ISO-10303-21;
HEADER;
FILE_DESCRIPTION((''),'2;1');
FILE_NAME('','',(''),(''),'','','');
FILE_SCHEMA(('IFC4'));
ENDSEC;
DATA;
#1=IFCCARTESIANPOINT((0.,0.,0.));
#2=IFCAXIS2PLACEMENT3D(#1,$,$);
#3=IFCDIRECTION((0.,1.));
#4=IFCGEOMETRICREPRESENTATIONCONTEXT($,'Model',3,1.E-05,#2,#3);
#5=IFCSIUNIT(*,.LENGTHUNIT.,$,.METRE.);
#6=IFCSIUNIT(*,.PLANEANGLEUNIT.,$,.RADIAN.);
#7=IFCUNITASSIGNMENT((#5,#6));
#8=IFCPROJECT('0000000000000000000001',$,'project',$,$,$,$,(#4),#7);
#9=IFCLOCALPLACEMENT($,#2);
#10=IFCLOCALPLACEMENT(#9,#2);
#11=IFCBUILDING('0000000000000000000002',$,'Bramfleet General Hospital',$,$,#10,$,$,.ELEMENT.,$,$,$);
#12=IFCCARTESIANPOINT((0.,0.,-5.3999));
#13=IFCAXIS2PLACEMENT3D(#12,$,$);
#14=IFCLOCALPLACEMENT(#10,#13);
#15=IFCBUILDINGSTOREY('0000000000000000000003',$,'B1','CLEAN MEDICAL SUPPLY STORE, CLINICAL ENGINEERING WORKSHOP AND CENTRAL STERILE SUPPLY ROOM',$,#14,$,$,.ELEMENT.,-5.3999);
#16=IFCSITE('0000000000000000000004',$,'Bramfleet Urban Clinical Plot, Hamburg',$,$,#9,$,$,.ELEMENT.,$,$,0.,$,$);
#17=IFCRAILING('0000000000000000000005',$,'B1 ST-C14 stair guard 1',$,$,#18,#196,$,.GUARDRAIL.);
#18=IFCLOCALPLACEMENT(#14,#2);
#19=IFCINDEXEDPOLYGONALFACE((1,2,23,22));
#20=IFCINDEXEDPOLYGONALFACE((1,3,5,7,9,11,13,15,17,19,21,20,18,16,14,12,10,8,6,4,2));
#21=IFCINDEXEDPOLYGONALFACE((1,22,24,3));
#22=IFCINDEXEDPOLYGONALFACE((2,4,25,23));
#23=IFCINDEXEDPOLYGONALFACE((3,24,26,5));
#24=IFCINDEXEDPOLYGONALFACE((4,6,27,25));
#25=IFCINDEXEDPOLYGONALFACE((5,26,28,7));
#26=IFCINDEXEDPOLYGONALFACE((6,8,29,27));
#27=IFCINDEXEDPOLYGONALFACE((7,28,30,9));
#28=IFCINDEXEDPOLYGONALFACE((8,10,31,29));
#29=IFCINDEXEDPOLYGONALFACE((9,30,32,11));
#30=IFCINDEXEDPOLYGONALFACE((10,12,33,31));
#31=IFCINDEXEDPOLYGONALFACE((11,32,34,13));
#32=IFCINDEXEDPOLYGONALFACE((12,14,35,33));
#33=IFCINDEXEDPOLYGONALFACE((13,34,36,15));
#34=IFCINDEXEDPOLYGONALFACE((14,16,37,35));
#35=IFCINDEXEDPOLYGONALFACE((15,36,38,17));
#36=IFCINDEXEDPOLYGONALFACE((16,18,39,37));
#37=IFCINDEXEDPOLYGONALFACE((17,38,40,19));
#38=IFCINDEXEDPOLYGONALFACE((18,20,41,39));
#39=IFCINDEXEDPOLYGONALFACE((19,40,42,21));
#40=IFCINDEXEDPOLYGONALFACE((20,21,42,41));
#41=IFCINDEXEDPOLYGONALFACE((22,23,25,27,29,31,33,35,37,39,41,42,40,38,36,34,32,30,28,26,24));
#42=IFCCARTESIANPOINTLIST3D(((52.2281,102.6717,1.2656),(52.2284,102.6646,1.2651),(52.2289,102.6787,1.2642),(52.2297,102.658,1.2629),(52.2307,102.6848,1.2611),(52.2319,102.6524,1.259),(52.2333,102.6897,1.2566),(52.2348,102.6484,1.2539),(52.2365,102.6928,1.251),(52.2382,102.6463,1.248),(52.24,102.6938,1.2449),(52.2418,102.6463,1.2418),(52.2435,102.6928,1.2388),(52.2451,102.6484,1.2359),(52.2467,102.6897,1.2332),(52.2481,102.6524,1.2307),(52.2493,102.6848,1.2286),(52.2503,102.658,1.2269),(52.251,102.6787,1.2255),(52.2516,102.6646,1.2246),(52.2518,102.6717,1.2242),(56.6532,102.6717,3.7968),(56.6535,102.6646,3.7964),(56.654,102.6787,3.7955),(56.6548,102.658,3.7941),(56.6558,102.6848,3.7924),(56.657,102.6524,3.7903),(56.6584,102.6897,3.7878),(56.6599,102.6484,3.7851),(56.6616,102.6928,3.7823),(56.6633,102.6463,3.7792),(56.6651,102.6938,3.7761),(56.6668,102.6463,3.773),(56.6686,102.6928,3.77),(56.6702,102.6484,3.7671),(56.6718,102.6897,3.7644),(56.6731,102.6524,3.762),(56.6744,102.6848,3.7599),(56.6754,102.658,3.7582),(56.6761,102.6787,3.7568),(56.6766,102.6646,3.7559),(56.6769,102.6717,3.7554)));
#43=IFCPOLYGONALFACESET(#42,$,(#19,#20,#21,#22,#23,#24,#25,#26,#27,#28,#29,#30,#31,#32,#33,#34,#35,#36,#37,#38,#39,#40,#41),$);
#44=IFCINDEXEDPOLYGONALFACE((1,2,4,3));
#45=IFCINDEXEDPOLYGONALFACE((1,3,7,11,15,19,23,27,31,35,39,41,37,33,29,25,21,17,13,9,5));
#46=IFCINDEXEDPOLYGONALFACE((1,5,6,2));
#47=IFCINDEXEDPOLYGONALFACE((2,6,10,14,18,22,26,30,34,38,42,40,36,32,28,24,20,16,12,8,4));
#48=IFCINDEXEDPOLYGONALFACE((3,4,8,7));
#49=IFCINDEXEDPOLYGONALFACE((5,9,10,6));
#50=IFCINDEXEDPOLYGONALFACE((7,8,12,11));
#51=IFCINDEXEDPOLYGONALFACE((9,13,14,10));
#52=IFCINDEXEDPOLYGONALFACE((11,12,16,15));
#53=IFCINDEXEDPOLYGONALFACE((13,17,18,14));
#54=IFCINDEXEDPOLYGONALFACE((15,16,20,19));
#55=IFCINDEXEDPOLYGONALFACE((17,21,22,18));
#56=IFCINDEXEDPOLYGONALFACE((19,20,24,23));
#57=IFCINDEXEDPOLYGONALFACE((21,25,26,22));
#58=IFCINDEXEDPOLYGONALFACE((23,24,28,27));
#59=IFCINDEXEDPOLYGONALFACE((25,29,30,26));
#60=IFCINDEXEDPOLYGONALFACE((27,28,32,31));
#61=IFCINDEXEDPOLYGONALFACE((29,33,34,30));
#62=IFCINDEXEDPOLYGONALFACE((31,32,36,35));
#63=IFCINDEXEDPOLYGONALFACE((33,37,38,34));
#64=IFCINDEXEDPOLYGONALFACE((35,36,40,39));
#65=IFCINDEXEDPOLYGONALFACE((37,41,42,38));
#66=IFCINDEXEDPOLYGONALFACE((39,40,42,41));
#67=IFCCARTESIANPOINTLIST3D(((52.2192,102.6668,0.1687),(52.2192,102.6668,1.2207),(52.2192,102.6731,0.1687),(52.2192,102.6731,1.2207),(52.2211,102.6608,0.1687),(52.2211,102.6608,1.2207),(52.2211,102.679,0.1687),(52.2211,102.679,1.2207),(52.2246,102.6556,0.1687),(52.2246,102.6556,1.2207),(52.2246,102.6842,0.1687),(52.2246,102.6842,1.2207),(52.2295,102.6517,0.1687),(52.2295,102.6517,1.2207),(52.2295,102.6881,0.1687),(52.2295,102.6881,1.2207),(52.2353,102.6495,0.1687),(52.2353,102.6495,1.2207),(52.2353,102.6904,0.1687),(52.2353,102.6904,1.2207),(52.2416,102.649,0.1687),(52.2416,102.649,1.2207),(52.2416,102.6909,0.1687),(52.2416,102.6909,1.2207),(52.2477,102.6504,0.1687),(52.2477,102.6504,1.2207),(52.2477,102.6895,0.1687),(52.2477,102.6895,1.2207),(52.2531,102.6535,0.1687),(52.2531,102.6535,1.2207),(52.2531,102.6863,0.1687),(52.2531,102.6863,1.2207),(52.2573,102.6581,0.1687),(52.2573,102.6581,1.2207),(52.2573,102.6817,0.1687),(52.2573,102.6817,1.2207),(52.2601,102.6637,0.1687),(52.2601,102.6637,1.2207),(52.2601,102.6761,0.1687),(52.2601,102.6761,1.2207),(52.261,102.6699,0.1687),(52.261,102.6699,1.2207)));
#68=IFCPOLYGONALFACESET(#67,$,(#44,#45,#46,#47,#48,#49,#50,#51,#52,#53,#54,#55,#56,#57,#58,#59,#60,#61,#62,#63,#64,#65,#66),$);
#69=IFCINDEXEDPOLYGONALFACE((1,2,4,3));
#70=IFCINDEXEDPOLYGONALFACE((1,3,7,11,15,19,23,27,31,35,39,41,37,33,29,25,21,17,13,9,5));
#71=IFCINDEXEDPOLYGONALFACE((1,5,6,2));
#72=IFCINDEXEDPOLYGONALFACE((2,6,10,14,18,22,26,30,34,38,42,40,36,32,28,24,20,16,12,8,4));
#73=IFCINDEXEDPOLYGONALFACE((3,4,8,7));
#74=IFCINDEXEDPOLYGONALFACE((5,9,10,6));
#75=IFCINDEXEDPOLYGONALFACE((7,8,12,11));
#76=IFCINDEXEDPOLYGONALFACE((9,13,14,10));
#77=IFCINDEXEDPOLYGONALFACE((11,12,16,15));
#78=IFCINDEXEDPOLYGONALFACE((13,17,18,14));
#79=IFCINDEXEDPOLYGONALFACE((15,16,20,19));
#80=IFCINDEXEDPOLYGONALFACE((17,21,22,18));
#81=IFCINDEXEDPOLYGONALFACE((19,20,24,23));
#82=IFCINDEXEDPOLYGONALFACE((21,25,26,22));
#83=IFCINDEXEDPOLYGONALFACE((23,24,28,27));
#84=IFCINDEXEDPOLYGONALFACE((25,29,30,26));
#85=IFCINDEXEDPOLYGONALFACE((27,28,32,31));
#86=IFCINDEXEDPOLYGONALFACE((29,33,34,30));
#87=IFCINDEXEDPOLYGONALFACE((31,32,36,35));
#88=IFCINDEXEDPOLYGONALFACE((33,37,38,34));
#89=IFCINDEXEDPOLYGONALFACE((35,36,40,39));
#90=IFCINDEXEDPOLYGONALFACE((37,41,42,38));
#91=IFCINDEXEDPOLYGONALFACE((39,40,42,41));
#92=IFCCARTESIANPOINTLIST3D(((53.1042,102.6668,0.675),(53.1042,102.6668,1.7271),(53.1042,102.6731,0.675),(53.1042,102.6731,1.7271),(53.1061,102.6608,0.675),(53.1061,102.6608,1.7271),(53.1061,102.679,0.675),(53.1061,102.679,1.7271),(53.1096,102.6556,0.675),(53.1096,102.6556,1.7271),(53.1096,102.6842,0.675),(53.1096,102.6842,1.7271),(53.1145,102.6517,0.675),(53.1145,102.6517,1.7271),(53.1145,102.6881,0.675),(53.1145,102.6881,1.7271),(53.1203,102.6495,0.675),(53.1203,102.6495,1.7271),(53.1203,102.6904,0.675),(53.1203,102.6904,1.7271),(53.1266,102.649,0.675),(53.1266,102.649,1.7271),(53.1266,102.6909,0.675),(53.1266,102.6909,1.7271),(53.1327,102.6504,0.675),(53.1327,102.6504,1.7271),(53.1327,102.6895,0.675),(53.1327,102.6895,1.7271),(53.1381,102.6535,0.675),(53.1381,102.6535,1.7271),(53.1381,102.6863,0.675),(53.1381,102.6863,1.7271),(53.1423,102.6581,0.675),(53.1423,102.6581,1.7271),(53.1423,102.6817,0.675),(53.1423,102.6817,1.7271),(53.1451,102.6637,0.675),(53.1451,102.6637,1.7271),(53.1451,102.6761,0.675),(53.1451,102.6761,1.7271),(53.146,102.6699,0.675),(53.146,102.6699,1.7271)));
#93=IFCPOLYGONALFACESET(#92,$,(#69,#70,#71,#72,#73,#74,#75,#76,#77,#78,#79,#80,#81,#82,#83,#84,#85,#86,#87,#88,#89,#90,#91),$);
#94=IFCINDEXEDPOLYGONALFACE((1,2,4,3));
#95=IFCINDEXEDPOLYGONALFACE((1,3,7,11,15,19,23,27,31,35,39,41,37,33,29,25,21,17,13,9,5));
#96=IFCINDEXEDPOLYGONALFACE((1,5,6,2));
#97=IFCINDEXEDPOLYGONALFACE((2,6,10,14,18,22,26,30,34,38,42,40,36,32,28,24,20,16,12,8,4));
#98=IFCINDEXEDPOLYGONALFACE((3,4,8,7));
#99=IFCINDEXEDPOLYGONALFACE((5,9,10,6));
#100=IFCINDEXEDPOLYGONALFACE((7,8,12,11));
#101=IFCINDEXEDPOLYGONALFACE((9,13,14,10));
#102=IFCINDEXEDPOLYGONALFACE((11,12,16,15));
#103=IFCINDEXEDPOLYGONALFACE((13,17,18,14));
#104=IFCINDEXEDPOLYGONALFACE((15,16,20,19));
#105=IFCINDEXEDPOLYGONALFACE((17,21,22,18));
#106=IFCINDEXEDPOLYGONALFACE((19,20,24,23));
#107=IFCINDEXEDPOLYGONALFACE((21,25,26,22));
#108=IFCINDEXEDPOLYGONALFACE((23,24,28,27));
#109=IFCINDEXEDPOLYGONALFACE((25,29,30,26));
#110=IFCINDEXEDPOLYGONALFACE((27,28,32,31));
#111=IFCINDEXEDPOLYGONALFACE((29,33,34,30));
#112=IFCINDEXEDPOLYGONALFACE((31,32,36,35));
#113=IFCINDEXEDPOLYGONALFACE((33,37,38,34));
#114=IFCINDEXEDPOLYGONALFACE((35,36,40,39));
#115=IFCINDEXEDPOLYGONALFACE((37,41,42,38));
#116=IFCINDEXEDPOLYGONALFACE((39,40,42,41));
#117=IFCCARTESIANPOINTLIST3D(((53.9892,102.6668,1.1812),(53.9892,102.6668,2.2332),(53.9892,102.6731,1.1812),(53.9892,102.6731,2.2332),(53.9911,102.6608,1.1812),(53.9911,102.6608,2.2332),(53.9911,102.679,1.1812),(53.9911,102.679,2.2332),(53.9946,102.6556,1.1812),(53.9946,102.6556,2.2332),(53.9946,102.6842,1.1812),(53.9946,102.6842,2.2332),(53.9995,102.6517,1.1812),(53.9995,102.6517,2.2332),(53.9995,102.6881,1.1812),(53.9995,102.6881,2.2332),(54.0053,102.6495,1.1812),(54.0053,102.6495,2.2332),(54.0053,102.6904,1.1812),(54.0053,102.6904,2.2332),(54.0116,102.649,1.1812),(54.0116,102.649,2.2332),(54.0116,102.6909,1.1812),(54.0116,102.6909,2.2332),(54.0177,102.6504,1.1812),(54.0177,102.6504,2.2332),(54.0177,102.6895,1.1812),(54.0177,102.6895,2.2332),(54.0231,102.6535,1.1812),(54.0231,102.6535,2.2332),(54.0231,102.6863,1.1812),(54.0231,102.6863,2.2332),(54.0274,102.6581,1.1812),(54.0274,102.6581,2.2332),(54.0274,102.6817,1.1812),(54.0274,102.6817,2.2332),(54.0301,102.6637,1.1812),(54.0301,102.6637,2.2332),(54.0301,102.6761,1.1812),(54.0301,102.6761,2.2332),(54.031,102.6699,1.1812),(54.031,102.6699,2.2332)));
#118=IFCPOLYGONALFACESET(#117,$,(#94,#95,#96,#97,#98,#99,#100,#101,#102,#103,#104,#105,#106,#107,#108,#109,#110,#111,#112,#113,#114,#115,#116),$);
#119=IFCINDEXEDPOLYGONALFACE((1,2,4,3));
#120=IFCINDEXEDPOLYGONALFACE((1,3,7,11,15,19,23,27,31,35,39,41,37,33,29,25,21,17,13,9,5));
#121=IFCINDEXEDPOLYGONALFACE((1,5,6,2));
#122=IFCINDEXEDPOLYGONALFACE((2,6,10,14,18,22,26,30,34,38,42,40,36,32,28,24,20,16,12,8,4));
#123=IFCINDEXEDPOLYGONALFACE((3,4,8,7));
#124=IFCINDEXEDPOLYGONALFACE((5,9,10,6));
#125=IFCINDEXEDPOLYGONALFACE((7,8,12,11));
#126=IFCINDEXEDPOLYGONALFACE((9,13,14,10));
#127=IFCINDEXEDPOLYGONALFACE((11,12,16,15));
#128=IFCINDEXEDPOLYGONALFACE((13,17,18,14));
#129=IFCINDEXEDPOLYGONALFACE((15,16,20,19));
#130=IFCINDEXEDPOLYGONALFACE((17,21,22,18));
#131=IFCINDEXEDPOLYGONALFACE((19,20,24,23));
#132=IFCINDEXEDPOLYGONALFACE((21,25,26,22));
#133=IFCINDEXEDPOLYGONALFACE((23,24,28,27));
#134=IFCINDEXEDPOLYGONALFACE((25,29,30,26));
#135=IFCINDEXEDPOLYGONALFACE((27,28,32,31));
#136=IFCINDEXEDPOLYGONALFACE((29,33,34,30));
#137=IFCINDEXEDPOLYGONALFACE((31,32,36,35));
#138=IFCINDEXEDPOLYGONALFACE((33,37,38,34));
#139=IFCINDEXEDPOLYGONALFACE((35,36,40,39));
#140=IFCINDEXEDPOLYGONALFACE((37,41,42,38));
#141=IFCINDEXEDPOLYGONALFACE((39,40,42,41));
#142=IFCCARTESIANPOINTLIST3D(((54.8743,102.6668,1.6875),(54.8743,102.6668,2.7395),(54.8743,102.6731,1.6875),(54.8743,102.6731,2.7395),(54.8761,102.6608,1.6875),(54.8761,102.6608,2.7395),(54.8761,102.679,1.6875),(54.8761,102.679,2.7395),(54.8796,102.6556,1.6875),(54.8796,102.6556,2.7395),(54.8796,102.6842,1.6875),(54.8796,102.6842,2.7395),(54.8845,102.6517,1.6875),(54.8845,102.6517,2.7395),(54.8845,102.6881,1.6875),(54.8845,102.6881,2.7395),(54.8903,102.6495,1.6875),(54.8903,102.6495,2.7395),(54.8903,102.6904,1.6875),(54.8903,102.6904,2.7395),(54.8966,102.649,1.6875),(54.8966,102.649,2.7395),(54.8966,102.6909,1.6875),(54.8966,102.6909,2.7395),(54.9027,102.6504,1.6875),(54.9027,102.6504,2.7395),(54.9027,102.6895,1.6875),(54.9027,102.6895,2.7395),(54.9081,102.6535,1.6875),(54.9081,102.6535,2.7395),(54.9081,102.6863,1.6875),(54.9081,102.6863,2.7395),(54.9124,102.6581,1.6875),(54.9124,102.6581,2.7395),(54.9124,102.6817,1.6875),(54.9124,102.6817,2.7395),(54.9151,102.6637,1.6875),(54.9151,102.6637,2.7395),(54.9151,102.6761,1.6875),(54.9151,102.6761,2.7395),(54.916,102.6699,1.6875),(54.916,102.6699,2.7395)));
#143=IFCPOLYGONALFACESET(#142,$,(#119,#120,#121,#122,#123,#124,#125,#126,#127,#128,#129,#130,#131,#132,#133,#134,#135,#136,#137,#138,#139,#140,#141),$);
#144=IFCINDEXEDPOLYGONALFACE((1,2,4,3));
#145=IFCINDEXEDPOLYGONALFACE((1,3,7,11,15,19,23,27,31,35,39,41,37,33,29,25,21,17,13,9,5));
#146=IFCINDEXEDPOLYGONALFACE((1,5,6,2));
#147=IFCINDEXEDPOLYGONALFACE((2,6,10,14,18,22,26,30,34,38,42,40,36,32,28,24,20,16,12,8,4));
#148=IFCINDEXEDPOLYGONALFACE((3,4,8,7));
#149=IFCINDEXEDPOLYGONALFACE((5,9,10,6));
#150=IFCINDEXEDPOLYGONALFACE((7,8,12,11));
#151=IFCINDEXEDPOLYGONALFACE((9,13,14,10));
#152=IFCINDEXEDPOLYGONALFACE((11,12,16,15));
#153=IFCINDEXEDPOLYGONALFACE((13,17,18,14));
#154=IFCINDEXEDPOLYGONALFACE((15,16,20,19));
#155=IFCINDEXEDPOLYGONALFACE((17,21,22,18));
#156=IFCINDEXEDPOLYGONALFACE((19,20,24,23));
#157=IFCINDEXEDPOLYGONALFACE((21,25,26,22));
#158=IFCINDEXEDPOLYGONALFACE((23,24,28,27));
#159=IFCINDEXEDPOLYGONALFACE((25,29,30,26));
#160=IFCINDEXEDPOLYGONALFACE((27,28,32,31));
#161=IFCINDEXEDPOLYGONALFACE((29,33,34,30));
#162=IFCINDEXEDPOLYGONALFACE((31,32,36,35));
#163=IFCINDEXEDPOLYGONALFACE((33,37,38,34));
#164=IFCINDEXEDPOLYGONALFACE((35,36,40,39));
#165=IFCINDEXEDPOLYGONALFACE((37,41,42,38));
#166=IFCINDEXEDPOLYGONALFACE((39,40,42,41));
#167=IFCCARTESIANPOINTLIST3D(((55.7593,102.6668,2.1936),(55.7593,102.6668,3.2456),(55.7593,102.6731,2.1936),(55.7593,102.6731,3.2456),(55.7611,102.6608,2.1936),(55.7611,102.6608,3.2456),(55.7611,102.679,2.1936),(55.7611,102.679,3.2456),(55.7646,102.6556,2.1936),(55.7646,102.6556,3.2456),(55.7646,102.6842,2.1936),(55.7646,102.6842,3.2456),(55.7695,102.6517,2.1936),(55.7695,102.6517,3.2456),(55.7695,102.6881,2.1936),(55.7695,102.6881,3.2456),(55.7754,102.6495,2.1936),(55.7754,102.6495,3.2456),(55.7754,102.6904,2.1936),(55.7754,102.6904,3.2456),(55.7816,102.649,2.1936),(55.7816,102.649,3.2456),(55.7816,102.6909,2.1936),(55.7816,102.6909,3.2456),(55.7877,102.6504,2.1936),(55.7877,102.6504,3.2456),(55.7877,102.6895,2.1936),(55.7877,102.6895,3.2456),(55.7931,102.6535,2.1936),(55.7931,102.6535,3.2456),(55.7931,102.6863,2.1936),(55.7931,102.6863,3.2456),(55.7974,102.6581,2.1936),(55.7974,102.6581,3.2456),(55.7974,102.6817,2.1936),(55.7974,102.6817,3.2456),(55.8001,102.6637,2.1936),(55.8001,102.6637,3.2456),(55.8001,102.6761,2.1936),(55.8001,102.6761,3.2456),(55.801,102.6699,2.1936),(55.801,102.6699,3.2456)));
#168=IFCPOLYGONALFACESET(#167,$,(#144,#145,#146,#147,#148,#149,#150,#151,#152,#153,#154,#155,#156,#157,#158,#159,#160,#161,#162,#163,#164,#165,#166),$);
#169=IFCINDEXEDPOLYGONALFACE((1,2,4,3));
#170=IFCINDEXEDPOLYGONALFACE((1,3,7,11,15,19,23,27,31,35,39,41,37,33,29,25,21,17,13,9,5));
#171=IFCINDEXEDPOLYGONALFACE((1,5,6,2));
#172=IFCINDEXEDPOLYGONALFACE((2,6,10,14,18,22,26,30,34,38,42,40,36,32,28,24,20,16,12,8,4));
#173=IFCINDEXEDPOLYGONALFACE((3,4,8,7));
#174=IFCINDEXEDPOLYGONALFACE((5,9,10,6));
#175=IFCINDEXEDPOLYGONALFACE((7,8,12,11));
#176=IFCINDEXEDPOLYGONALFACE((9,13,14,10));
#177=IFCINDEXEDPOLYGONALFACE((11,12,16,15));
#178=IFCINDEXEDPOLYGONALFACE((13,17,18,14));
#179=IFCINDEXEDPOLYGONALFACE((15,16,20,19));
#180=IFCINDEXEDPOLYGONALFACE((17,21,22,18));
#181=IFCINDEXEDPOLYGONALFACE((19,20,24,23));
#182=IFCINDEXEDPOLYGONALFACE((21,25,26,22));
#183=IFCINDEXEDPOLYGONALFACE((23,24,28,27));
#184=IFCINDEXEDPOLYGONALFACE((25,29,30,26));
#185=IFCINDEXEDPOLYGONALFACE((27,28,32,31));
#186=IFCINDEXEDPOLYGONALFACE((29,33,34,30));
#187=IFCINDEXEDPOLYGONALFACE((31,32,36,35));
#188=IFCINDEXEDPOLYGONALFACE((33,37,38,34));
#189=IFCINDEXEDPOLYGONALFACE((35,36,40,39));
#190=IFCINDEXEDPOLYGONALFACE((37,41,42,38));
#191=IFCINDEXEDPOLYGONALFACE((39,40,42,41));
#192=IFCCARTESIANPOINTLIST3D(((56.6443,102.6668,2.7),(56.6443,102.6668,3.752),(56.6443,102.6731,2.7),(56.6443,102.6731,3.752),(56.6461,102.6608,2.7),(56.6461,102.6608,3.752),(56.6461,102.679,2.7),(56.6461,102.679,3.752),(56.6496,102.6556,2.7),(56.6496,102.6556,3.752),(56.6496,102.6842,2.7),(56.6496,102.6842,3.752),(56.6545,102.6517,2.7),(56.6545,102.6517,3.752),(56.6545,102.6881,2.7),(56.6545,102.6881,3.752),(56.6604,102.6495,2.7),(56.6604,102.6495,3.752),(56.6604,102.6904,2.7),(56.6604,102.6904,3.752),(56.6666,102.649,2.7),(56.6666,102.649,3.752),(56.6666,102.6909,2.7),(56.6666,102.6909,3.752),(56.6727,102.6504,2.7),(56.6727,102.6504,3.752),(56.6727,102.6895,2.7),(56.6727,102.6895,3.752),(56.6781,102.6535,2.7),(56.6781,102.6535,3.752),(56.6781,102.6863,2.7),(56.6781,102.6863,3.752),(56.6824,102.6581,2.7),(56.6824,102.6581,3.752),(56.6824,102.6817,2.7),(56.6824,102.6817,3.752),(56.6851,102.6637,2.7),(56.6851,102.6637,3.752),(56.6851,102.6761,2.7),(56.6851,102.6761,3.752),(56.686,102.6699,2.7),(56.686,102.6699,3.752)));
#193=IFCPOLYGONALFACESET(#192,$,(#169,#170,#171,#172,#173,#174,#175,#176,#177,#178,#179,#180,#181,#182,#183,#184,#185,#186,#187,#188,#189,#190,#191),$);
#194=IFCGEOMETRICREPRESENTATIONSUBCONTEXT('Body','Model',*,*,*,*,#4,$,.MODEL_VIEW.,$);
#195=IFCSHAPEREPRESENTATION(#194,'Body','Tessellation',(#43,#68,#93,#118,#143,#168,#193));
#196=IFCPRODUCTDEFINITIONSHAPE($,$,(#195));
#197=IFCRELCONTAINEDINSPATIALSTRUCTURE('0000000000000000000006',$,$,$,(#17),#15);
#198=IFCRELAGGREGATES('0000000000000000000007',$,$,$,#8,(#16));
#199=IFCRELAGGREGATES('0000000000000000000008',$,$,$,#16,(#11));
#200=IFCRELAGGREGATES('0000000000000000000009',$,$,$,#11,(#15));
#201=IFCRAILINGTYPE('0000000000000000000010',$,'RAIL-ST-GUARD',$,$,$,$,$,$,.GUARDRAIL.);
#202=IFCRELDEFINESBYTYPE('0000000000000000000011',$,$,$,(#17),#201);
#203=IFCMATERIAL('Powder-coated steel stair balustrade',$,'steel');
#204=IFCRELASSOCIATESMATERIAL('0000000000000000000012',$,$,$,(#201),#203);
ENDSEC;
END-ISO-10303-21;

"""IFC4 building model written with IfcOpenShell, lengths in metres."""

from ifc_helpers import new_model, si_unit, direction, frame, origin, origin_2d, place, context, subcontext, project, spatial, circle, extrude, material, type_object, element, save


model = new_model("IFC4")

# Units and contexts
model_context = context("Model", 3, precision=1e-05, world=origin(), true_north=direction((0.0, 1.0)))
body_context = subcontext(model_context, "Body", "Model", "MODEL_VIEW")
ifc_project = project(units=[si_unit("LENGTHUNIT", "METRE"), si_unit("PLANEANGLEUNIT", "RADIAN")], contexts=[model_context])

# Site, building, storey
site_placement = place(None, origin())
site = spatial("IfcSite", under=ifc_project, at=site_placement, Name="Bramfleet Urban Clinical Plot, Hamburg", CompositionType="ELEMENT", RefElevation=0.0)
building_placement = place(site_placement, origin())
building = spatial("IfcBuilding", under=site, at=building_placement, Name="Bramfleet General Hospital", CompositionType="ELEMENT")
storey_placement = place(building_placement, frame((0.0, 0.0, -5.3999)))
storey = spatial("IfcBuildingStorey", under=building, at=storey_placement, Name="B1", Description="CLEAN MEDICAL SUPPLY STORE, CLINICAL ENGINEERING WORKSHOP AND CENTRAL STERILE SUPPLY ROOM", CompositionType="ELEMENT", Elevation=-5.3999)

# Railing
ifc_material_1 = material(Name="Powder-coated steel stair balustrade", Category="steel")
railing_type_1 = type_object("IfcRailingType", Name="RAIL-ST-GUARD", PredefinedType="GUARDRAIL", material=ifc_material_1)
railing_1_placement = place(storey_placement, frame((52.24, 102.6699, 0.1687)))
element("IfcRailing", 1, at=railing_1_placement, inside=storey, type_object=railing_type_1, Name="B1 ST-C14 stair guard 1", PredefinedType="GUARDRAIL", context=body_context, shape_type="SweptSolid", body=[
    extrude(circle(Radius=0.0239, at=origin_2d()), frame((0.0, 0.0, 1.0762), z_axis=(0.868019, 0.0, 0.496531), x_axis=(0.0, 1.0, 0.0)), (0.0, 0.0, 1.0), 5.0979),
    extrude(circle(Radius=0.021, at=origin_2d()), origin(), (0.0, 0.0, 1.0), 1.052),
    extrude(circle(Radius=0.021, at=origin_2d()), frame((0.885, 0.0, 0.5063)), (0.0, 0.0, 1.0), 1.052),
    extrude(circle(Radius=0.021, at=origin_2d()), frame((1.77, 0.0, 1.0125)), (0.0, 0.0, 1.0), 1.052),
    extrude(circle(Radius=0.021, at=origin_2d()), frame((2.655, 0.0, 1.5188)), (0.0, 0.0, 1.0), 1.052),
    extrude(circle(Radius=0.021, at=origin_2d()), frame((3.54, 0.0, 2.0249)), (0.0, 0.0, 1.0), 1.052),
    extrude(circle(Radius=0.021, at=origin_2d()), frame((4.425, 0.0, 2.5312)), (0.0, 0.0, 1.0), 1.052),
])

save(model, "model.ifc")
